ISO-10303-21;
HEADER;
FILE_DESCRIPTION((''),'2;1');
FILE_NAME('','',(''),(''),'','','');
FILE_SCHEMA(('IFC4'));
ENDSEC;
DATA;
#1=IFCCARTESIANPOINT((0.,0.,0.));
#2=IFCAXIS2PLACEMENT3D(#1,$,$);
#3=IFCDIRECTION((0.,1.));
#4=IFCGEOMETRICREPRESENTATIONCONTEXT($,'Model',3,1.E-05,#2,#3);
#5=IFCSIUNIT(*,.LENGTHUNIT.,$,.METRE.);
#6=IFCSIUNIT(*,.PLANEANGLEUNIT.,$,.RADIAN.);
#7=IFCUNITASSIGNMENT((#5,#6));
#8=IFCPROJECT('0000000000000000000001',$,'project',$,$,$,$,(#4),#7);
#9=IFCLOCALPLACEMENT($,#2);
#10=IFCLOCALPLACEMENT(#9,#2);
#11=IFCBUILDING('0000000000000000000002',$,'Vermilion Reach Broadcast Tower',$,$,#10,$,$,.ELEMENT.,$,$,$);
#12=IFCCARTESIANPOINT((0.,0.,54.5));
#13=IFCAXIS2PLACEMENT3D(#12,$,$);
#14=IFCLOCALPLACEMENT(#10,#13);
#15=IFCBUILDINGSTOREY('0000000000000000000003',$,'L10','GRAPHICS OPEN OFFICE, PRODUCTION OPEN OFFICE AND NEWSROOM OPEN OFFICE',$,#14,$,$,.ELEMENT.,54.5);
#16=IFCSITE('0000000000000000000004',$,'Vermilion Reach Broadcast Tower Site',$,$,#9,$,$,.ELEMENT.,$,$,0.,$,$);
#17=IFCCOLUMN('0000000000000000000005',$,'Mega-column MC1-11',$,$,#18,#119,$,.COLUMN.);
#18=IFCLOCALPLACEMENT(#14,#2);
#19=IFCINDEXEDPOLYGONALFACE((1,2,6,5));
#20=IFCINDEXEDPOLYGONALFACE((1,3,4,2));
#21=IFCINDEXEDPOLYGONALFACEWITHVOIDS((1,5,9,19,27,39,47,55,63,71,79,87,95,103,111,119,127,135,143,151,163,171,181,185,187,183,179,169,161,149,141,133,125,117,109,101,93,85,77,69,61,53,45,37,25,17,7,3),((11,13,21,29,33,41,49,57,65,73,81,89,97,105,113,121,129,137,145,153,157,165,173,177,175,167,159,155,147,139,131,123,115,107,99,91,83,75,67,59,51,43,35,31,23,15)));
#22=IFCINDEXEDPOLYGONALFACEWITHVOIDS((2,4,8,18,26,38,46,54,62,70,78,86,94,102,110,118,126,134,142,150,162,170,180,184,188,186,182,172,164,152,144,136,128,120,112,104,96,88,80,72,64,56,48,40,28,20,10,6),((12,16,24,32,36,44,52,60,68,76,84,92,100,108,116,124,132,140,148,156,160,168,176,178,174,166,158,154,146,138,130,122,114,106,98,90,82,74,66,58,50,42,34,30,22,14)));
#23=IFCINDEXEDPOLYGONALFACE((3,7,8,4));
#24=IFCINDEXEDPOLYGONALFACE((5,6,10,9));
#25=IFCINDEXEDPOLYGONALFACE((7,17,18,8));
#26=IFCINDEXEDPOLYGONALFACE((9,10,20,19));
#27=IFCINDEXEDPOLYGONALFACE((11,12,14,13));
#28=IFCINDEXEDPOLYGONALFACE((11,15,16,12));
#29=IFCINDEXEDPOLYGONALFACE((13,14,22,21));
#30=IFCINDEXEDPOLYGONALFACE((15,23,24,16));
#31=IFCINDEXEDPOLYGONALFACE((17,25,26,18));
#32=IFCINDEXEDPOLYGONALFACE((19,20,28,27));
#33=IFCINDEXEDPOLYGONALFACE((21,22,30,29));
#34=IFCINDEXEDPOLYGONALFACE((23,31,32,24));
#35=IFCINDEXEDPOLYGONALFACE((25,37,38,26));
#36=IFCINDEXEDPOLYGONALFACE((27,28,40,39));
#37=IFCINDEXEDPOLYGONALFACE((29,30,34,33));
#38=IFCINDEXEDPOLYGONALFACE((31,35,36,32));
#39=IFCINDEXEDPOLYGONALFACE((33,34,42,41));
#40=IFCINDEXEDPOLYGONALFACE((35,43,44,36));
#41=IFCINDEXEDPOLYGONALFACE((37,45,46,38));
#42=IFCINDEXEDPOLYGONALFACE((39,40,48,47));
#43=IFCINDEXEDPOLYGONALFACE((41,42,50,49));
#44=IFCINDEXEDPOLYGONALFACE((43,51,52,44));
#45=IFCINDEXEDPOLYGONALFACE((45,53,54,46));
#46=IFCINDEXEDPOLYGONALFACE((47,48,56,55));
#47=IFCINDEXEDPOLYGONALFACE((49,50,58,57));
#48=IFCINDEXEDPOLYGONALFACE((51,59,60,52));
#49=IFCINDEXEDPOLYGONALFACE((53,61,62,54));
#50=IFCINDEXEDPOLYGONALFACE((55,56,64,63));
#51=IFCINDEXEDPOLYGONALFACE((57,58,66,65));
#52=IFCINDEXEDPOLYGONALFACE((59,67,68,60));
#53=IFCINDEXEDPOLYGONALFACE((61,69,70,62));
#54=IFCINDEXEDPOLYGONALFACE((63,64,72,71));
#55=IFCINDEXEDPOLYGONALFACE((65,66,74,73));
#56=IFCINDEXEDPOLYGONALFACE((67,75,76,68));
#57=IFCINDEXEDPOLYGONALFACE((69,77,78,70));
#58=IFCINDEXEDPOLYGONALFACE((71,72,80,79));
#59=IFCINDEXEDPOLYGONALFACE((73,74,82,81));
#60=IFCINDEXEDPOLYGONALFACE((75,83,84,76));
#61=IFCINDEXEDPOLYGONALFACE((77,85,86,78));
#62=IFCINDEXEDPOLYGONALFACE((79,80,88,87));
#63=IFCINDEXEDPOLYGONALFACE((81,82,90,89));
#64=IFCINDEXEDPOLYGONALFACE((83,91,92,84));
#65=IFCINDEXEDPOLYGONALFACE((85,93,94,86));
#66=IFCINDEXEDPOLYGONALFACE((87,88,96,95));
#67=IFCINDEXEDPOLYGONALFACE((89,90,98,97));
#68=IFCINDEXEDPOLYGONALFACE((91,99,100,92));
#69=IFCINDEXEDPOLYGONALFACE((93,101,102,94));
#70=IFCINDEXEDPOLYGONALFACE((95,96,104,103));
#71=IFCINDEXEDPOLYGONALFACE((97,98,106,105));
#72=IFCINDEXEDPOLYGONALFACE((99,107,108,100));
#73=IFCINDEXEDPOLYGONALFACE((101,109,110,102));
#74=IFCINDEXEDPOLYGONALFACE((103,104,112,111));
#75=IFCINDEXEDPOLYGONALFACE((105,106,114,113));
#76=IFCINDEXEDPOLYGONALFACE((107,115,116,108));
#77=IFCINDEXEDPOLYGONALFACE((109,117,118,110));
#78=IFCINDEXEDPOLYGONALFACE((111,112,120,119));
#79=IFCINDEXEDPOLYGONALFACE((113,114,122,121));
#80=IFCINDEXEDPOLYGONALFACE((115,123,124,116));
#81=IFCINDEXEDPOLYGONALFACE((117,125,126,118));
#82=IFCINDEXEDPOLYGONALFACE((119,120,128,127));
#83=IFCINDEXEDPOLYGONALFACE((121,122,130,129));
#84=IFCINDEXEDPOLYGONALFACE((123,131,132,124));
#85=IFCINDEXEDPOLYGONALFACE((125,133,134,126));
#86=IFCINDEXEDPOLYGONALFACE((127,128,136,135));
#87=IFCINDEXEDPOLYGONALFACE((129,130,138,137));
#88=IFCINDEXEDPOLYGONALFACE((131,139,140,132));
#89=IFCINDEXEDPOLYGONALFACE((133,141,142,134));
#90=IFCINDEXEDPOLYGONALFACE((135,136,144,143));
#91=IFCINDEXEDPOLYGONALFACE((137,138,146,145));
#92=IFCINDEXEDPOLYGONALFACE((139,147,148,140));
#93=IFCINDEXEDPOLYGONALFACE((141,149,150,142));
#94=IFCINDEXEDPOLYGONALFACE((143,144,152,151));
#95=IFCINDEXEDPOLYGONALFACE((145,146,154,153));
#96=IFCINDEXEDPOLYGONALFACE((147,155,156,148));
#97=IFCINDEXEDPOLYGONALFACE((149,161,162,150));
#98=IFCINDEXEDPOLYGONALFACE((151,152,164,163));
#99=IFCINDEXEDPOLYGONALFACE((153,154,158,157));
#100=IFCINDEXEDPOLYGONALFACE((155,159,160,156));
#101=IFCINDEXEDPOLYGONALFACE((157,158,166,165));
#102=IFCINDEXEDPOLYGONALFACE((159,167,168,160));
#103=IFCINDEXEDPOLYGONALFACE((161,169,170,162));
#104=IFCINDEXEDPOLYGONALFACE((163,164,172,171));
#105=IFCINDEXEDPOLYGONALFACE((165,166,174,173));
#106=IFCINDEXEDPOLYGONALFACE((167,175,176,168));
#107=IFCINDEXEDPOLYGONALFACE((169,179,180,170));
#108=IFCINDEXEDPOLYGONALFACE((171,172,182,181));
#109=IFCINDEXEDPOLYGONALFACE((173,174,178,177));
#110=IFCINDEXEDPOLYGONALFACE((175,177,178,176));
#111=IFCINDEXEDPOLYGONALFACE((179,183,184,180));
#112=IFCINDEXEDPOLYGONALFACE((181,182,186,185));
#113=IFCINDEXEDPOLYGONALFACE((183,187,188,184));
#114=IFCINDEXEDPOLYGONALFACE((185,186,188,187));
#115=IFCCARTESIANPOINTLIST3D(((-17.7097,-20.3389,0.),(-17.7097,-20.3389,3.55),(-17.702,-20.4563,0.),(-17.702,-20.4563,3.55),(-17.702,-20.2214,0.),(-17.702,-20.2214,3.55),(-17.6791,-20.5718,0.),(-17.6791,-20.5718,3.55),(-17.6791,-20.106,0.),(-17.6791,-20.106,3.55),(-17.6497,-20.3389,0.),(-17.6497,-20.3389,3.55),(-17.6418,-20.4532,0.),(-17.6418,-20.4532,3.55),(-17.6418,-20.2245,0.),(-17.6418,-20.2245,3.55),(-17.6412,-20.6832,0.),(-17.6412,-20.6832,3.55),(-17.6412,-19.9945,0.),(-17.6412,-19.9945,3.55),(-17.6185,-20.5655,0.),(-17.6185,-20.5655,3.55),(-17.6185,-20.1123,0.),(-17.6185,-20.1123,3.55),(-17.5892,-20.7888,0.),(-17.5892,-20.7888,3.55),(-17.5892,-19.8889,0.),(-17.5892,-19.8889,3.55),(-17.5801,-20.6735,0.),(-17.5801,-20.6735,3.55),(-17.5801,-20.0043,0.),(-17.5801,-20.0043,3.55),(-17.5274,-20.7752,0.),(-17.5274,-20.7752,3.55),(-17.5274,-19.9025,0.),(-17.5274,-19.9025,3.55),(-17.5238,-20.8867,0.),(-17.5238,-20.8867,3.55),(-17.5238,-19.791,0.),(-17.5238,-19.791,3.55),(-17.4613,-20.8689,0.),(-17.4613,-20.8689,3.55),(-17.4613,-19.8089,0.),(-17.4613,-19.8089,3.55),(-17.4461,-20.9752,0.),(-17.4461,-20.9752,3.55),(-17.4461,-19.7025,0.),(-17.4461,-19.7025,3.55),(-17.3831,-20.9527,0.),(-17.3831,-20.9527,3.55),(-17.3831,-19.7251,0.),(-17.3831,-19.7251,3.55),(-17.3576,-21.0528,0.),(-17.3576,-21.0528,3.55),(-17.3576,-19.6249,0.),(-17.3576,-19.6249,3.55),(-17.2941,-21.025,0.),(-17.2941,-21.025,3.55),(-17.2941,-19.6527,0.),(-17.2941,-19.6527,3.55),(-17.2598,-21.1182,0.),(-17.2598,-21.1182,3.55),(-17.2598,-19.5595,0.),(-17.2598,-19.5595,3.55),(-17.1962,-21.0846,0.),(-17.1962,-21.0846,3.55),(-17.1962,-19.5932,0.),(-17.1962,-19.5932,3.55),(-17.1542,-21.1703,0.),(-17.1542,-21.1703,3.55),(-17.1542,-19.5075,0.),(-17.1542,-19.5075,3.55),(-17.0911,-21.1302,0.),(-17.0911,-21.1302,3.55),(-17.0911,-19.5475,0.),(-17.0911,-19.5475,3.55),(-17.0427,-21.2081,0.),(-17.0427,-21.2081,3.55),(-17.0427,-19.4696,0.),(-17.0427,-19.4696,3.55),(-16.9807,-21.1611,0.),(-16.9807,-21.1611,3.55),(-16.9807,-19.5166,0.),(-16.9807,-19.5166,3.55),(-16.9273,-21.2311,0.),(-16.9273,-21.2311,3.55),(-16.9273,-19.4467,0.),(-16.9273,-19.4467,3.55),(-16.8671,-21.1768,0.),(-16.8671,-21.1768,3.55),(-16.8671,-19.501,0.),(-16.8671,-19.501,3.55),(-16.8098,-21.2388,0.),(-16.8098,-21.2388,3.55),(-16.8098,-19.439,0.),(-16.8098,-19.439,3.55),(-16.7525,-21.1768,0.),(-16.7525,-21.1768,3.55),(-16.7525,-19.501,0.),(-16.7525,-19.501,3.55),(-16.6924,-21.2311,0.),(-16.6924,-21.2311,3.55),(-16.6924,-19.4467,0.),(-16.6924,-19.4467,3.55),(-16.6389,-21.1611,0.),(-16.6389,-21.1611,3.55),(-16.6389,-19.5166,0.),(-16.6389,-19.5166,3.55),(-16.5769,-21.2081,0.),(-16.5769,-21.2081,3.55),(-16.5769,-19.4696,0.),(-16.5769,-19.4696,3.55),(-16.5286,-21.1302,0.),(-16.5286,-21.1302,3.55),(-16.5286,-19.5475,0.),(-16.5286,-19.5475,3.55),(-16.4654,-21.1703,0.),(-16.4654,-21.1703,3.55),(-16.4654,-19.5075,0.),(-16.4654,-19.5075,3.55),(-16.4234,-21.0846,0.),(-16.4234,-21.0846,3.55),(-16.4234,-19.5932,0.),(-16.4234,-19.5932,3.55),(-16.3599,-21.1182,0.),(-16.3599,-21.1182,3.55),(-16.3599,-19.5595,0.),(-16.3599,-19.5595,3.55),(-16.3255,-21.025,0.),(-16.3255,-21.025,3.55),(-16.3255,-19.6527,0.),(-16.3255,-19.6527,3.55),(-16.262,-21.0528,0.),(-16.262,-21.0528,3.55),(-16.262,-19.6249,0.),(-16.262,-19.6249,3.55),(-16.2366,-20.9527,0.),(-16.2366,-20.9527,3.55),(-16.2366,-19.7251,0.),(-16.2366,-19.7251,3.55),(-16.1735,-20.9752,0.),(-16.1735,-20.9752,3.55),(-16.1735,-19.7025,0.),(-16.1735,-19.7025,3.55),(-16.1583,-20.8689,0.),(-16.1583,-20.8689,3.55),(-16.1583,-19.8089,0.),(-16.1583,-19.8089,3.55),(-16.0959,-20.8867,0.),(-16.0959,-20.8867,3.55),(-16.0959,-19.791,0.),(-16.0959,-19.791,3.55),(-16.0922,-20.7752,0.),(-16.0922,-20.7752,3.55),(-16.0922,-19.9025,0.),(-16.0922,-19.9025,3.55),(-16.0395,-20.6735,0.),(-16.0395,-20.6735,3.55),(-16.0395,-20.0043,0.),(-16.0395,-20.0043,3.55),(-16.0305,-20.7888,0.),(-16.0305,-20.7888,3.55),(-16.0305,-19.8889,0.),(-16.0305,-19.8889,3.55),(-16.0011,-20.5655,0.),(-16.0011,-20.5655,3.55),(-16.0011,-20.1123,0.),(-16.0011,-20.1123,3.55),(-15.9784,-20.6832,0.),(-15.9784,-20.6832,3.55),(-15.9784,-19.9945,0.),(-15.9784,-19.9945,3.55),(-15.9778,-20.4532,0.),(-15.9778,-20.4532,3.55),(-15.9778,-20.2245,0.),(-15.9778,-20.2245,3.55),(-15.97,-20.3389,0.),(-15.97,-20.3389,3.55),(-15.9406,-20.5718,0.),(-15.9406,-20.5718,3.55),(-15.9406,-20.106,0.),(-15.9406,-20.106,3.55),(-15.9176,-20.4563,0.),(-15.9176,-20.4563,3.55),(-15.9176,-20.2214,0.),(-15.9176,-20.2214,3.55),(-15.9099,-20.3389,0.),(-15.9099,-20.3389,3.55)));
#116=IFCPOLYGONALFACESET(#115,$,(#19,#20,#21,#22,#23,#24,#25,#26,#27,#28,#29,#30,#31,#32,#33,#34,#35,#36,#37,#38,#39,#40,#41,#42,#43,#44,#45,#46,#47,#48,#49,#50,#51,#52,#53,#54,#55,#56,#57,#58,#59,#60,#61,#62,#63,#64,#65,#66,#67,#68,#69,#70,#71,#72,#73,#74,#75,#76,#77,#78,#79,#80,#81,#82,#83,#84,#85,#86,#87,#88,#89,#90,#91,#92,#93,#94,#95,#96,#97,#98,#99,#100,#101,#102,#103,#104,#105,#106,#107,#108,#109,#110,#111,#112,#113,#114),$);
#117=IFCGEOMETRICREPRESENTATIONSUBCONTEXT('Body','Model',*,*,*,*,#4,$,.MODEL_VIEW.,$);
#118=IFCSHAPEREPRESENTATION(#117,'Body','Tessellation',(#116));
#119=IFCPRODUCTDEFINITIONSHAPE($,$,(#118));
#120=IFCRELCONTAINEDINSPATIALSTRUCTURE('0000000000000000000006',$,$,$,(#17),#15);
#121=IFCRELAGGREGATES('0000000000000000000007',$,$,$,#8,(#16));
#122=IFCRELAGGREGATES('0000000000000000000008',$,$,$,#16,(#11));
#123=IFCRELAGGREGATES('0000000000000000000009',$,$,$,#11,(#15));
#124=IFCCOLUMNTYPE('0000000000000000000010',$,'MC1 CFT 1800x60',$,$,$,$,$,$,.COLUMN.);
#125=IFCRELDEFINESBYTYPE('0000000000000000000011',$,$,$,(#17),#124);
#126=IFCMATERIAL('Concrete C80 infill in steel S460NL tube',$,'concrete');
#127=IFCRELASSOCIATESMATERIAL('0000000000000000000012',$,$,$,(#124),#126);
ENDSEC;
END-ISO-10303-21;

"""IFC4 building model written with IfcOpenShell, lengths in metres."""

from ifc_helpers import new_model, si_unit, direction, frame, origin, origin_2d, place, context, subcontext, project, spatial, hollow_circle, extrude, material, material_profile, profile_set, type_object, element, save


model = new_model("IFC4")

# Units and contexts
model_context = context("Model", 3, precision=1e-05, world=origin(), true_north=direction((0.0, 1.0)))
body_context = subcontext(model_context, "Body", "Model", "MODEL_VIEW")
ifc_project = project(units=[si_unit("LENGTHUNIT", "METRE"), si_unit("PLANEANGLEUNIT", "RADIAN")], contexts=[model_context])

# Site, building, storey
site_placement = place(None, origin())
site = spatial("IfcSite", under=ifc_project, at=site_placement, Name="Vermilion Reach Broadcast Tower Site", CompositionType="ELEMENT", RefElevation=0.0)
building_placement = place(site_placement, origin())
building = spatial("IfcBuilding", under=site, at=building_placement, Name="Vermilion Reach Broadcast Tower", CompositionType="ELEMENT")
storey_placement = place(building_placement, frame((0.0, 0.0, 54.5)))
storey = spatial("IfcBuildingStorey", under=building, at=storey_placement, Name="L10", Description="GRAPHICS OPEN OFFICE, PRODUCTION OPEN OFFICE AND NEWSROOM OPEN OFFICE", CompositionType="ELEMENT", Elevation=54.5)

# Column
ifc_material_1 = material(Name="Concrete C80 infill in steel S460NL tube", Category="concrete")
ifc_material_profile_1 = material_profile(ifc_material_1, hollow_circle(Radius=0.8999, WallThickness=0.0601, at=origin_2d()), Name="Concrete C80 infill in steel S460NL tube CFT 1800x60")
ifc_profile_set_1 = profile_set([ifc_material_profile_1], Name="Concrete C80 infill in steel S460NL tube")
column_type = type_object("IfcColumnType", Name="MC1 CFT 1800x60", PredefinedType="COLUMN", material=ifc_profile_set_1)
for number, where, z_axis, x_axis, name in (
    (1, (-16.8098, -20.3389, 0.0), (0.0, 0.0, 1.0), (1.0, 0.0, 0.0), "Mega-column MC1-11"),
):
    element("IfcColumn", number, at=place(storey_placement, frame(where, z_axis=z_axis, x_axis=x_axis)), inside=storey, type_object=column_type, Name=name, PredefinedType="COLUMN", context=body_context, shape_type="SweptSolid", body=[
        extrude(hollow_circle(Radius=0.8999, WallThickness=0.0601, at=origin_2d()), origin(), (0.0, 0.0, 1.0), 3.55),
    ])

save(model, "model.ifc")
